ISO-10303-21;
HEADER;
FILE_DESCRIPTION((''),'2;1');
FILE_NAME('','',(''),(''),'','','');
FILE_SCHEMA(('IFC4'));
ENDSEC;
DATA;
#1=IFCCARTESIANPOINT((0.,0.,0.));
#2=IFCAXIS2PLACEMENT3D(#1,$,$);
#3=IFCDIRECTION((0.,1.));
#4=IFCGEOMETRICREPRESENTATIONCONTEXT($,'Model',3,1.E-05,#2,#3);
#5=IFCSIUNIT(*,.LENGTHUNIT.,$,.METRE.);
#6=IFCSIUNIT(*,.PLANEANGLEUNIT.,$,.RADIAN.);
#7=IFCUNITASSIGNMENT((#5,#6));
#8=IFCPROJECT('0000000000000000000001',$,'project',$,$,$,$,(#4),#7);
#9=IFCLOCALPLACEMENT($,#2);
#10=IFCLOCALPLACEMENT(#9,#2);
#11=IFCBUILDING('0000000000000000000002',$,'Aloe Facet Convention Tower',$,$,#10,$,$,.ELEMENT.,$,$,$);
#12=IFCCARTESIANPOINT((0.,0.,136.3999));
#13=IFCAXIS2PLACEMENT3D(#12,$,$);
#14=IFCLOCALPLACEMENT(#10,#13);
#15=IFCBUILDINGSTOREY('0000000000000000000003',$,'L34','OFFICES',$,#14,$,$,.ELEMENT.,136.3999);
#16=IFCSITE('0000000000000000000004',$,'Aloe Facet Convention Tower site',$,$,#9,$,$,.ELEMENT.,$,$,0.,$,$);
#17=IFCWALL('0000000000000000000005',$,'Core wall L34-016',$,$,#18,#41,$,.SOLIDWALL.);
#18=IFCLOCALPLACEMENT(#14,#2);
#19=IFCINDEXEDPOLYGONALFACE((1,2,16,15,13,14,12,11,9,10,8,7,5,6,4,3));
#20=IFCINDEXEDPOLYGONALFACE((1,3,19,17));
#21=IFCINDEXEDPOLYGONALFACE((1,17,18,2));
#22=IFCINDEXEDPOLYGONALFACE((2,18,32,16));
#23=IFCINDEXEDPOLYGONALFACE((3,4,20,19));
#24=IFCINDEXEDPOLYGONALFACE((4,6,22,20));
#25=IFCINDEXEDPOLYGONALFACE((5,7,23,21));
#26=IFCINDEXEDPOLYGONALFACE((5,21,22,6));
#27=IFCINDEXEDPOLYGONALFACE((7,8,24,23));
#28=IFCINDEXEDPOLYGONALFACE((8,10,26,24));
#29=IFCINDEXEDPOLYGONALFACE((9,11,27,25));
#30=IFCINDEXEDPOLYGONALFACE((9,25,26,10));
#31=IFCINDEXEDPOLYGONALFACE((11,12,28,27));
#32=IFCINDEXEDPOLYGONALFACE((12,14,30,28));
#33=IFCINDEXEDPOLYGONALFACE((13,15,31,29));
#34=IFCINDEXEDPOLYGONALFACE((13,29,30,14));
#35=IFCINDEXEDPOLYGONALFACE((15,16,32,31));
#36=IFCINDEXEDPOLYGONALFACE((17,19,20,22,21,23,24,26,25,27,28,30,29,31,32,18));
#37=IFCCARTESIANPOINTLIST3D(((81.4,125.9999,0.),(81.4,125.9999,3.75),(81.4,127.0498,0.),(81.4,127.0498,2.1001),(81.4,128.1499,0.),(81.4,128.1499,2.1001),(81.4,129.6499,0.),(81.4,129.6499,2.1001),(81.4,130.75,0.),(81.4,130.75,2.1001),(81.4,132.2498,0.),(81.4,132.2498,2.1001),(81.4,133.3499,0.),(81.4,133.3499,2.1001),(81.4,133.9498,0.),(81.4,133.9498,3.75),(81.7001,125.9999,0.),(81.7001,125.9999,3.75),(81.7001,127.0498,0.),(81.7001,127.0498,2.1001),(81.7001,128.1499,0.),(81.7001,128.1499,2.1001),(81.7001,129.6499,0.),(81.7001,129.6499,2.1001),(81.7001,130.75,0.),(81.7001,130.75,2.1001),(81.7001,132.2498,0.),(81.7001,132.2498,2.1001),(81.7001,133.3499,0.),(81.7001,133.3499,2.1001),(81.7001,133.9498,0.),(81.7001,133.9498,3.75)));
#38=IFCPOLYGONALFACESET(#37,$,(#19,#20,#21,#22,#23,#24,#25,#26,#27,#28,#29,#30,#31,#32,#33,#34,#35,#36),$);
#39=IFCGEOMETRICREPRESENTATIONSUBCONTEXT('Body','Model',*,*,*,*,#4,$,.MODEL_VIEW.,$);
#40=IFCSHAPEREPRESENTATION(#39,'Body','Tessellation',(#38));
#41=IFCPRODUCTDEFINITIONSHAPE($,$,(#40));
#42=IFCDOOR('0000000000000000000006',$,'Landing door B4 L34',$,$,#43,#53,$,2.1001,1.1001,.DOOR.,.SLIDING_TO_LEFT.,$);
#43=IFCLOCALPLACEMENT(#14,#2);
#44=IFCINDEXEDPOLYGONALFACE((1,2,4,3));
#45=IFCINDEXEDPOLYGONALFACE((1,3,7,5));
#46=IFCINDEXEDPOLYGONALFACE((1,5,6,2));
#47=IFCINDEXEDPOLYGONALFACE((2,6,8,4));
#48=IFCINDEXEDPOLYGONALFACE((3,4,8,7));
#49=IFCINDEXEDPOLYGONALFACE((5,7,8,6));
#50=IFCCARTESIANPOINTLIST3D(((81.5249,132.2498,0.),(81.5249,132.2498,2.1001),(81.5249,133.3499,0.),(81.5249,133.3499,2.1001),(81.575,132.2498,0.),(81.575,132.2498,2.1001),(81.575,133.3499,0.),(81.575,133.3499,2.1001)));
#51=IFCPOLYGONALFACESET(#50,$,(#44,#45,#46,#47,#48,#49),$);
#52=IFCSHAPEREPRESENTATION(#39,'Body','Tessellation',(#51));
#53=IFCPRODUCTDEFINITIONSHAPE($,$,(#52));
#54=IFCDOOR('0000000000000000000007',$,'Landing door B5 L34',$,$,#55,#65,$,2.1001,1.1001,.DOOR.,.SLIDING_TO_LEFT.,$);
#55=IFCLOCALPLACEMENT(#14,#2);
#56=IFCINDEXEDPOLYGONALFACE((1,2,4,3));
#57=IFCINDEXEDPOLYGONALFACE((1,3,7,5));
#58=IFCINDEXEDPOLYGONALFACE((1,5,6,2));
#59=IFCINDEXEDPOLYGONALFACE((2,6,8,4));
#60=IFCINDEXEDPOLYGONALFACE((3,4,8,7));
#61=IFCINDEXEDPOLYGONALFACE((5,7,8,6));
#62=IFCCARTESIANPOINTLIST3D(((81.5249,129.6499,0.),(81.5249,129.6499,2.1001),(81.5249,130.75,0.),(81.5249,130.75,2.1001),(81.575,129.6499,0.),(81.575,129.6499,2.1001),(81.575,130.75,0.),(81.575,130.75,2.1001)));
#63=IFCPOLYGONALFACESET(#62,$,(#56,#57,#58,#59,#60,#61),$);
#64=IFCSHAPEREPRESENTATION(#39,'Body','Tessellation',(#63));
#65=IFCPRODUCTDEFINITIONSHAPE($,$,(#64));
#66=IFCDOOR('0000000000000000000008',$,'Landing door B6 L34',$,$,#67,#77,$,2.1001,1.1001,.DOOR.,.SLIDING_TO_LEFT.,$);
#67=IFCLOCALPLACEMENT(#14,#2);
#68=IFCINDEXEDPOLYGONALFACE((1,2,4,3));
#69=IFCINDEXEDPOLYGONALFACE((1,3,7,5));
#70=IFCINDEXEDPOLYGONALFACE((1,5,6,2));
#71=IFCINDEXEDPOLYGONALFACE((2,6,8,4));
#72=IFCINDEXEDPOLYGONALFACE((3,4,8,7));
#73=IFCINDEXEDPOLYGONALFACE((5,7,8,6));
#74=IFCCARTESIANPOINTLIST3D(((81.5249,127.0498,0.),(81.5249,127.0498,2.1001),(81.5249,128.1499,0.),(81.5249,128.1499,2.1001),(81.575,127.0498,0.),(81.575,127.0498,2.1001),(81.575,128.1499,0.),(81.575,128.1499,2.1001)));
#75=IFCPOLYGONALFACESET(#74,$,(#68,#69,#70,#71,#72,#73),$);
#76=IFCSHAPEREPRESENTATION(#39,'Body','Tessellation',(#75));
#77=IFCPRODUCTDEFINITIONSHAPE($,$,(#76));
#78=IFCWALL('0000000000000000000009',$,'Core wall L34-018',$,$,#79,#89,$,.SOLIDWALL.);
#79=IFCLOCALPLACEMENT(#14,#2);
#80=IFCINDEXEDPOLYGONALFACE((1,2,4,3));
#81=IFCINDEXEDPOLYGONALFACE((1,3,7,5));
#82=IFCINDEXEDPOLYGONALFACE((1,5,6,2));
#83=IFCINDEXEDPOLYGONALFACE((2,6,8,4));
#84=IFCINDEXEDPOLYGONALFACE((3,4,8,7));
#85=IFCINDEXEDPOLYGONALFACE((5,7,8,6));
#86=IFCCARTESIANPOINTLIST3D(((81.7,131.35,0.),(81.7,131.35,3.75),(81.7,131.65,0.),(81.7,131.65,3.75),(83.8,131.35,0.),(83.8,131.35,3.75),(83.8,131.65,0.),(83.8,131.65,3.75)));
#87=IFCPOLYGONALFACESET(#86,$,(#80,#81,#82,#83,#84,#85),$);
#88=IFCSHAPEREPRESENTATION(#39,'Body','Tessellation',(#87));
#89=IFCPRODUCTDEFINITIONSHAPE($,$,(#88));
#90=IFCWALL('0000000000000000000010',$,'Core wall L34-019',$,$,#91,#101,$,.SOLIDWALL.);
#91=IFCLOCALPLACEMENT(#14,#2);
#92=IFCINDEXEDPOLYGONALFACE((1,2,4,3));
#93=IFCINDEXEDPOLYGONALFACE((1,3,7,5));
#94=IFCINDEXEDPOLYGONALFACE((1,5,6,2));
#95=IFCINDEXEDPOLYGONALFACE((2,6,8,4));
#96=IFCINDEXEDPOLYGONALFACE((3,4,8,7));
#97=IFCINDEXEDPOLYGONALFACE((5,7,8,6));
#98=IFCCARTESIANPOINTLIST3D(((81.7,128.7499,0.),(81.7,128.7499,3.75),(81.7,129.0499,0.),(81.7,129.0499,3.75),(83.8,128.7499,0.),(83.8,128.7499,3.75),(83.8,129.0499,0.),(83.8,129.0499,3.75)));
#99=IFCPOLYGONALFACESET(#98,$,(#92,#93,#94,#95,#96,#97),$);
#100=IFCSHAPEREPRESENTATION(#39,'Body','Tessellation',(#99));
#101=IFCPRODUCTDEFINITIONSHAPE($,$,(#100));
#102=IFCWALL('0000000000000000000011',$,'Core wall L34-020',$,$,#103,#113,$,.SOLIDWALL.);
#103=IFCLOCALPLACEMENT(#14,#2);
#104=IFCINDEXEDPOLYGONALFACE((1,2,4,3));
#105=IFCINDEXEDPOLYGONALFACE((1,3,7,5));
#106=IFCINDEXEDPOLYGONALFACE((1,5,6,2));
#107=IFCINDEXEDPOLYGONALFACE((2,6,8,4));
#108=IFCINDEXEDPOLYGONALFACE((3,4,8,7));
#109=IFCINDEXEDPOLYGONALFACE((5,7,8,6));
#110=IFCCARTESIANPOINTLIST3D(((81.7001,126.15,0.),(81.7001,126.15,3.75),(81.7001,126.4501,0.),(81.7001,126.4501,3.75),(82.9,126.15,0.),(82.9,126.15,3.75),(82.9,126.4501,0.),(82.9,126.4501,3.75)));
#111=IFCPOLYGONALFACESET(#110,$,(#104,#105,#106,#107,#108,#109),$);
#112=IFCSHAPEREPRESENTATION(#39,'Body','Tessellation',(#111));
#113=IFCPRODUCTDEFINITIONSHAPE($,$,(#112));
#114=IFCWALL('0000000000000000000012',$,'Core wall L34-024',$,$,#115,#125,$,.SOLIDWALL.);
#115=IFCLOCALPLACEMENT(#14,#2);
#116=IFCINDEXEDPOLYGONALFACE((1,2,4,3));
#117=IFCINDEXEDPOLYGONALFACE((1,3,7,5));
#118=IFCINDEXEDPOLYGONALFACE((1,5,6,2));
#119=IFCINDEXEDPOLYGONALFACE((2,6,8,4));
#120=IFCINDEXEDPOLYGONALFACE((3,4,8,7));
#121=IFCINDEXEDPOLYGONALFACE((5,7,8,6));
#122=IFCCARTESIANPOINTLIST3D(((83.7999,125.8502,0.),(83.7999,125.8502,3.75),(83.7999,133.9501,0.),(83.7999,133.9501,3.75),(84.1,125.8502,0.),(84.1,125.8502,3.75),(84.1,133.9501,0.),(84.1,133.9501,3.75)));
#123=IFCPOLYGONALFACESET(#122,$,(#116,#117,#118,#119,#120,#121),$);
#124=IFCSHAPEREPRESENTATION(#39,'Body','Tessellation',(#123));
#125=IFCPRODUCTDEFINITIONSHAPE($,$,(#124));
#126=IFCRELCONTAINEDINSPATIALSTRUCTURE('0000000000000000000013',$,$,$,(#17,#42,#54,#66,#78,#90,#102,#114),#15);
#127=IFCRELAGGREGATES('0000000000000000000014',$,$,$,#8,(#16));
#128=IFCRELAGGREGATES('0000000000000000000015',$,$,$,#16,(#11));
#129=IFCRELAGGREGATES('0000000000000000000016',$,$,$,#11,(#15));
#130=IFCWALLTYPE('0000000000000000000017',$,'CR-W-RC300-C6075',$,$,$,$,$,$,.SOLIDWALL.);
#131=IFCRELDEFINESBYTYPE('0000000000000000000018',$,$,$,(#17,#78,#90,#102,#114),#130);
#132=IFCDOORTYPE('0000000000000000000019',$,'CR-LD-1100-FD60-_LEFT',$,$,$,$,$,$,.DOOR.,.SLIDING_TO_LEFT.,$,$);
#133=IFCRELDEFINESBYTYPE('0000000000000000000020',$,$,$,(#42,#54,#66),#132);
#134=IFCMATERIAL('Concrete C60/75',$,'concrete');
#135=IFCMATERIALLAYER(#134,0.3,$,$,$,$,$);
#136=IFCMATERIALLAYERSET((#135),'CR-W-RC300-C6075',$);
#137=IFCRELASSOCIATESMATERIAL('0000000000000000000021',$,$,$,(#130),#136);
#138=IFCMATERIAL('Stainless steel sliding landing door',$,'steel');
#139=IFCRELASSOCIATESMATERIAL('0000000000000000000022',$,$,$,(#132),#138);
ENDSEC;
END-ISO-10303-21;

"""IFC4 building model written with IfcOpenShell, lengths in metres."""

from ifc_helpers import new_model, si_unit, direction, frame, frame_2d, origin, place, context, subcontext, project, spatial, rectangle, extrude, material, layer, layer_set, type_object, element, fill, save


model = new_model("IFC4")

# Units and contexts
model_context = context("Model", 3, precision=1e-05, world=origin(), true_north=direction((0.0, 1.0)))
body_context = subcontext(model_context, "Body", "Model", "MODEL_VIEW")
ifc_project = project(units=[si_unit("LENGTHUNIT", "METRE"), si_unit("PLANEANGLEUNIT", "RADIAN")], contexts=[model_context])

# Site, building, storey
site_placement = place(None, origin())
site = spatial("IfcSite", under=ifc_project, at=site_placement, Name="Aloe Facet Convention Tower site", CompositionType="ELEMENT", RefElevation=0.0)
building_placement = place(site_placement, origin())
building = spatial("IfcBuilding", under=site, at=building_placement, Name="Aloe Facet Convention Tower", CompositionType="ELEMENT")
storey_placement = place(building_placement, frame((0.0, 0.0, 136.3999)))
storey = spatial("IfcBuildingStorey", under=building, at=storey_placement, Name="L34", Description="OFFICES", CompositionType="ELEMENT", Elevation=136.3999)

# Wall, openings, doors
ifc_material_1 = material(Name="Concrete C60/75", Category="concrete")
ifc_layer_1 = layer(ifc_material_1, 0.3)
ifc_layer_set_1 = layer_set([ifc_layer_1], Name="CR-W-RC300-C6075")
wall_type_1 = type_object("IfcWallType", Name="CR-W-RC300-C6075", PredefinedType="SOLIDWALL", material=ifc_layer_set_1)
wall_1_placement = place(storey_placement, frame((81.55, 133.95, 0.0), z_axis=(0.0, 0.0, 1.0), x_axis=(0.0, -1.0, 0.0)))
wall_1 = element("IfcWall", 1, at=wall_1_placement, inside=storey, type_object=wall_type_1, Name="Core wall L34-016", PredefinedType="SOLIDWALL", context=body_context, shape_type="SweptSolid", body=[
    extrude(rectangle(XDim=7.95, YDim=0.3, at=frame_2d((3.9751, 0.0))), origin(), (0.0, 0.0, 1.0), 3.75),
])
opening_1_placement = place(wall_1_placement, frame((0.6001, 0.0, 0.0)))
opening_1 = element("IfcOpeningElement", 2, at=opening_1_placement, cuts=wall_1, PredefinedType="OPENING", context=body_context, shape_type="SweptSolid", body=[
    extrude(rectangle(XDim=1.1001, YDim=2.1001, at=frame_2d((0.55, 1.05))), frame((0.0, 0.1602, 0.0), z_axis=(0.0, -1.0, 0.0), x_axis=(1.0, 0.0, 0.0)), (0.0, 0.0, 1.0), 0.3201),
])
opening_2_placement = place(wall_1_placement, frame((3.2, 0.0, 0.0)))
opening_2 = element("IfcOpeningElement", 3, at=opening_2_placement, cuts=wall_1, PredefinedType="OPENING", context=body_context, shape_type="SweptSolid", body=[
    extrude(rectangle(XDim=1.1001, YDim=2.1001, at=frame_2d((0.55, 1.05))), frame((0.0, 0.1602, 0.0), z_axis=(0.0, -1.0, 0.0), x_axis=(1.0, 0.0, 0.0)), (0.0, 0.0, 1.0), 0.3201),
])
opening_3_placement = place(wall_1_placement, frame((5.8, 0.0, 0.0)))
opening_3 = element("IfcOpeningElement", 4, at=opening_3_placement, cuts=wall_1, PredefinedType="OPENING", context=body_context, shape_type="SweptSolid", body=[
    extrude(rectangle(XDim=1.1001, YDim=2.1001, at=frame_2d((0.55, 1.05))), frame((0.0, 0.1602, 0.0), z_axis=(0.0, -1.0, 0.0), x_axis=(1.0, 0.0, 0.0)), (0.0, 0.0, 1.0), 0.3201),
])
ifc_material_2 = material(Name="Stainless steel sliding landing door", Category="steel")
door_type_1 = type_object("IfcDoorType", Name="CR-LD-1100-FD60-_LEFT", OperationType="SLIDING_TO_LEFT", PredefinedType="DOOR", material=ifc_material_2)
door_1_placement = place(opening_1_placement, origin())
door_1 = element("IfcDoor", 5, at=door_1_placement, inside=storey, type_object=door_type_1, Name="Landing door B4 L34", OperationType="SLIDING_TO_LEFT", OverallHeight=2.1001, OverallWidth=1.1001, PredefinedType="DOOR", context=body_context, shape_type="SweptSolid", body=[
    extrude(rectangle(XDim=1.1001, YDim=2.1001, at=frame_2d((0.55, 1.05))), frame((0.0, 0.0249, 0.0), z_axis=(0.0, -1.0, 0.0), x_axis=(1.0, 0.0, 0.0)), (0.0, 0.0, 1.0), 0.05),
])
fill(opening_1, door_1)
door_2_placement = place(opening_2_placement, origin())
door_2 = element("IfcDoor", 6, at=door_2_placement, inside=storey, type_object=door_type_1, Name="Landing door B5 L34", OperationType="SLIDING_TO_LEFT", OverallHeight=2.1001, OverallWidth=1.1001, PredefinedType="DOOR", context=body_context, shape_type="SweptSolid", body=[
    extrude(rectangle(XDim=1.1001, YDim=2.1001, at=frame_2d((0.55, 1.05))), frame((0.0, 0.0249, 0.0), z_axis=(0.0, -1.0, 0.0), x_axis=(1.0, 0.0, 0.0)), (0.0, 0.0, 1.0), 0.05),
])
fill(opening_2, door_2)
door_3_placement = place(opening_3_placement, origin())
door_3 = element("IfcDoor", 7, at=door_3_placement, inside=storey, type_object=door_type_1, Name="Landing door B6 L34", OperationType="SLIDING_TO_LEFT", OverallHeight=2.1001, OverallWidth=1.1001, PredefinedType="DOOR", context=body_context, shape_type="SweptSolid", body=[
    extrude(rectangle(XDim=1.1001, YDim=2.1001, at=frame_2d((0.55, 1.05))), frame((0.0, 0.0249, 0.0), z_axis=(0.0, -1.0, 0.0), x_axis=(1.0, 0.0, 0.0)), (0.0, 0.0, 1.0), 0.05),
])
fill(opening_3, door_3)

# Walls
for number, where, z_axis, x_axis, name in (
    (8, (81.7, 131.5, 0.0), (0.0, 0.0, 1.0), (1.0, 0.0, 0.0), "Core wall L34-018"),
    (9, (81.7, 128.8999, 0.0), (0.0, 0.0, 1.0), (1.0, 0.0, 0.0), "Core wall L34-019"),
):
    element("IfcWall", number, at=place(storey_placement, frame(where, z_axis=z_axis, x_axis=x_axis)), inside=storey, type_object=wall_type_1, Name=name, PredefinedType="SOLIDWALL", context=body_context, shape_type="SweptSolid", body=[
        extrude(rectangle(XDim=2.1001, YDim=0.3, at=frame_2d((1.05, 0.0))), origin(), (0.0, 0.0, 1.0), 3.75),
    ])
wall_2_placement = place(storey_placement, frame((81.7, 126.3, 0.0), z_axis=(0.0, 0.0, 1.0), x_axis=(1.0, 0.0, 0.0)))
element("IfcWall", 10, at=wall_2_placement, inside=storey, type_object=wall_type_1, Name="Core wall L34-020", PredefinedType="SOLIDWALL", context=body_context, shape_type="SweptSolid", body=[
    extrude(rectangle(XDim=1.2, YDim=0.3, at=frame_2d((0.6001, 0.0))), origin(), (0.0, 0.0, 1.0), 3.75),
])
wall_3_placement = place(storey_placement, frame((83.95, 133.95, 0.0), z_axis=(0.0, 0.0, 1.0), x_axis=(0.0, -1.0, 0.0)))
element("IfcWall", 11, at=wall_3_placement, inside=storey, type_object=wall_type_1, Name="Core wall L34-024", PredefinedType="SOLIDWALL", context=body_context, shape_type="SweptSolid", body=[
    extrude(rectangle(XDim=8.0999, YDim=0.3, at=frame_2d((4.0498, 0.0))), origin(), (0.0, 0.0, 1.0), 3.75),
])

save(model, "model.ifc")
